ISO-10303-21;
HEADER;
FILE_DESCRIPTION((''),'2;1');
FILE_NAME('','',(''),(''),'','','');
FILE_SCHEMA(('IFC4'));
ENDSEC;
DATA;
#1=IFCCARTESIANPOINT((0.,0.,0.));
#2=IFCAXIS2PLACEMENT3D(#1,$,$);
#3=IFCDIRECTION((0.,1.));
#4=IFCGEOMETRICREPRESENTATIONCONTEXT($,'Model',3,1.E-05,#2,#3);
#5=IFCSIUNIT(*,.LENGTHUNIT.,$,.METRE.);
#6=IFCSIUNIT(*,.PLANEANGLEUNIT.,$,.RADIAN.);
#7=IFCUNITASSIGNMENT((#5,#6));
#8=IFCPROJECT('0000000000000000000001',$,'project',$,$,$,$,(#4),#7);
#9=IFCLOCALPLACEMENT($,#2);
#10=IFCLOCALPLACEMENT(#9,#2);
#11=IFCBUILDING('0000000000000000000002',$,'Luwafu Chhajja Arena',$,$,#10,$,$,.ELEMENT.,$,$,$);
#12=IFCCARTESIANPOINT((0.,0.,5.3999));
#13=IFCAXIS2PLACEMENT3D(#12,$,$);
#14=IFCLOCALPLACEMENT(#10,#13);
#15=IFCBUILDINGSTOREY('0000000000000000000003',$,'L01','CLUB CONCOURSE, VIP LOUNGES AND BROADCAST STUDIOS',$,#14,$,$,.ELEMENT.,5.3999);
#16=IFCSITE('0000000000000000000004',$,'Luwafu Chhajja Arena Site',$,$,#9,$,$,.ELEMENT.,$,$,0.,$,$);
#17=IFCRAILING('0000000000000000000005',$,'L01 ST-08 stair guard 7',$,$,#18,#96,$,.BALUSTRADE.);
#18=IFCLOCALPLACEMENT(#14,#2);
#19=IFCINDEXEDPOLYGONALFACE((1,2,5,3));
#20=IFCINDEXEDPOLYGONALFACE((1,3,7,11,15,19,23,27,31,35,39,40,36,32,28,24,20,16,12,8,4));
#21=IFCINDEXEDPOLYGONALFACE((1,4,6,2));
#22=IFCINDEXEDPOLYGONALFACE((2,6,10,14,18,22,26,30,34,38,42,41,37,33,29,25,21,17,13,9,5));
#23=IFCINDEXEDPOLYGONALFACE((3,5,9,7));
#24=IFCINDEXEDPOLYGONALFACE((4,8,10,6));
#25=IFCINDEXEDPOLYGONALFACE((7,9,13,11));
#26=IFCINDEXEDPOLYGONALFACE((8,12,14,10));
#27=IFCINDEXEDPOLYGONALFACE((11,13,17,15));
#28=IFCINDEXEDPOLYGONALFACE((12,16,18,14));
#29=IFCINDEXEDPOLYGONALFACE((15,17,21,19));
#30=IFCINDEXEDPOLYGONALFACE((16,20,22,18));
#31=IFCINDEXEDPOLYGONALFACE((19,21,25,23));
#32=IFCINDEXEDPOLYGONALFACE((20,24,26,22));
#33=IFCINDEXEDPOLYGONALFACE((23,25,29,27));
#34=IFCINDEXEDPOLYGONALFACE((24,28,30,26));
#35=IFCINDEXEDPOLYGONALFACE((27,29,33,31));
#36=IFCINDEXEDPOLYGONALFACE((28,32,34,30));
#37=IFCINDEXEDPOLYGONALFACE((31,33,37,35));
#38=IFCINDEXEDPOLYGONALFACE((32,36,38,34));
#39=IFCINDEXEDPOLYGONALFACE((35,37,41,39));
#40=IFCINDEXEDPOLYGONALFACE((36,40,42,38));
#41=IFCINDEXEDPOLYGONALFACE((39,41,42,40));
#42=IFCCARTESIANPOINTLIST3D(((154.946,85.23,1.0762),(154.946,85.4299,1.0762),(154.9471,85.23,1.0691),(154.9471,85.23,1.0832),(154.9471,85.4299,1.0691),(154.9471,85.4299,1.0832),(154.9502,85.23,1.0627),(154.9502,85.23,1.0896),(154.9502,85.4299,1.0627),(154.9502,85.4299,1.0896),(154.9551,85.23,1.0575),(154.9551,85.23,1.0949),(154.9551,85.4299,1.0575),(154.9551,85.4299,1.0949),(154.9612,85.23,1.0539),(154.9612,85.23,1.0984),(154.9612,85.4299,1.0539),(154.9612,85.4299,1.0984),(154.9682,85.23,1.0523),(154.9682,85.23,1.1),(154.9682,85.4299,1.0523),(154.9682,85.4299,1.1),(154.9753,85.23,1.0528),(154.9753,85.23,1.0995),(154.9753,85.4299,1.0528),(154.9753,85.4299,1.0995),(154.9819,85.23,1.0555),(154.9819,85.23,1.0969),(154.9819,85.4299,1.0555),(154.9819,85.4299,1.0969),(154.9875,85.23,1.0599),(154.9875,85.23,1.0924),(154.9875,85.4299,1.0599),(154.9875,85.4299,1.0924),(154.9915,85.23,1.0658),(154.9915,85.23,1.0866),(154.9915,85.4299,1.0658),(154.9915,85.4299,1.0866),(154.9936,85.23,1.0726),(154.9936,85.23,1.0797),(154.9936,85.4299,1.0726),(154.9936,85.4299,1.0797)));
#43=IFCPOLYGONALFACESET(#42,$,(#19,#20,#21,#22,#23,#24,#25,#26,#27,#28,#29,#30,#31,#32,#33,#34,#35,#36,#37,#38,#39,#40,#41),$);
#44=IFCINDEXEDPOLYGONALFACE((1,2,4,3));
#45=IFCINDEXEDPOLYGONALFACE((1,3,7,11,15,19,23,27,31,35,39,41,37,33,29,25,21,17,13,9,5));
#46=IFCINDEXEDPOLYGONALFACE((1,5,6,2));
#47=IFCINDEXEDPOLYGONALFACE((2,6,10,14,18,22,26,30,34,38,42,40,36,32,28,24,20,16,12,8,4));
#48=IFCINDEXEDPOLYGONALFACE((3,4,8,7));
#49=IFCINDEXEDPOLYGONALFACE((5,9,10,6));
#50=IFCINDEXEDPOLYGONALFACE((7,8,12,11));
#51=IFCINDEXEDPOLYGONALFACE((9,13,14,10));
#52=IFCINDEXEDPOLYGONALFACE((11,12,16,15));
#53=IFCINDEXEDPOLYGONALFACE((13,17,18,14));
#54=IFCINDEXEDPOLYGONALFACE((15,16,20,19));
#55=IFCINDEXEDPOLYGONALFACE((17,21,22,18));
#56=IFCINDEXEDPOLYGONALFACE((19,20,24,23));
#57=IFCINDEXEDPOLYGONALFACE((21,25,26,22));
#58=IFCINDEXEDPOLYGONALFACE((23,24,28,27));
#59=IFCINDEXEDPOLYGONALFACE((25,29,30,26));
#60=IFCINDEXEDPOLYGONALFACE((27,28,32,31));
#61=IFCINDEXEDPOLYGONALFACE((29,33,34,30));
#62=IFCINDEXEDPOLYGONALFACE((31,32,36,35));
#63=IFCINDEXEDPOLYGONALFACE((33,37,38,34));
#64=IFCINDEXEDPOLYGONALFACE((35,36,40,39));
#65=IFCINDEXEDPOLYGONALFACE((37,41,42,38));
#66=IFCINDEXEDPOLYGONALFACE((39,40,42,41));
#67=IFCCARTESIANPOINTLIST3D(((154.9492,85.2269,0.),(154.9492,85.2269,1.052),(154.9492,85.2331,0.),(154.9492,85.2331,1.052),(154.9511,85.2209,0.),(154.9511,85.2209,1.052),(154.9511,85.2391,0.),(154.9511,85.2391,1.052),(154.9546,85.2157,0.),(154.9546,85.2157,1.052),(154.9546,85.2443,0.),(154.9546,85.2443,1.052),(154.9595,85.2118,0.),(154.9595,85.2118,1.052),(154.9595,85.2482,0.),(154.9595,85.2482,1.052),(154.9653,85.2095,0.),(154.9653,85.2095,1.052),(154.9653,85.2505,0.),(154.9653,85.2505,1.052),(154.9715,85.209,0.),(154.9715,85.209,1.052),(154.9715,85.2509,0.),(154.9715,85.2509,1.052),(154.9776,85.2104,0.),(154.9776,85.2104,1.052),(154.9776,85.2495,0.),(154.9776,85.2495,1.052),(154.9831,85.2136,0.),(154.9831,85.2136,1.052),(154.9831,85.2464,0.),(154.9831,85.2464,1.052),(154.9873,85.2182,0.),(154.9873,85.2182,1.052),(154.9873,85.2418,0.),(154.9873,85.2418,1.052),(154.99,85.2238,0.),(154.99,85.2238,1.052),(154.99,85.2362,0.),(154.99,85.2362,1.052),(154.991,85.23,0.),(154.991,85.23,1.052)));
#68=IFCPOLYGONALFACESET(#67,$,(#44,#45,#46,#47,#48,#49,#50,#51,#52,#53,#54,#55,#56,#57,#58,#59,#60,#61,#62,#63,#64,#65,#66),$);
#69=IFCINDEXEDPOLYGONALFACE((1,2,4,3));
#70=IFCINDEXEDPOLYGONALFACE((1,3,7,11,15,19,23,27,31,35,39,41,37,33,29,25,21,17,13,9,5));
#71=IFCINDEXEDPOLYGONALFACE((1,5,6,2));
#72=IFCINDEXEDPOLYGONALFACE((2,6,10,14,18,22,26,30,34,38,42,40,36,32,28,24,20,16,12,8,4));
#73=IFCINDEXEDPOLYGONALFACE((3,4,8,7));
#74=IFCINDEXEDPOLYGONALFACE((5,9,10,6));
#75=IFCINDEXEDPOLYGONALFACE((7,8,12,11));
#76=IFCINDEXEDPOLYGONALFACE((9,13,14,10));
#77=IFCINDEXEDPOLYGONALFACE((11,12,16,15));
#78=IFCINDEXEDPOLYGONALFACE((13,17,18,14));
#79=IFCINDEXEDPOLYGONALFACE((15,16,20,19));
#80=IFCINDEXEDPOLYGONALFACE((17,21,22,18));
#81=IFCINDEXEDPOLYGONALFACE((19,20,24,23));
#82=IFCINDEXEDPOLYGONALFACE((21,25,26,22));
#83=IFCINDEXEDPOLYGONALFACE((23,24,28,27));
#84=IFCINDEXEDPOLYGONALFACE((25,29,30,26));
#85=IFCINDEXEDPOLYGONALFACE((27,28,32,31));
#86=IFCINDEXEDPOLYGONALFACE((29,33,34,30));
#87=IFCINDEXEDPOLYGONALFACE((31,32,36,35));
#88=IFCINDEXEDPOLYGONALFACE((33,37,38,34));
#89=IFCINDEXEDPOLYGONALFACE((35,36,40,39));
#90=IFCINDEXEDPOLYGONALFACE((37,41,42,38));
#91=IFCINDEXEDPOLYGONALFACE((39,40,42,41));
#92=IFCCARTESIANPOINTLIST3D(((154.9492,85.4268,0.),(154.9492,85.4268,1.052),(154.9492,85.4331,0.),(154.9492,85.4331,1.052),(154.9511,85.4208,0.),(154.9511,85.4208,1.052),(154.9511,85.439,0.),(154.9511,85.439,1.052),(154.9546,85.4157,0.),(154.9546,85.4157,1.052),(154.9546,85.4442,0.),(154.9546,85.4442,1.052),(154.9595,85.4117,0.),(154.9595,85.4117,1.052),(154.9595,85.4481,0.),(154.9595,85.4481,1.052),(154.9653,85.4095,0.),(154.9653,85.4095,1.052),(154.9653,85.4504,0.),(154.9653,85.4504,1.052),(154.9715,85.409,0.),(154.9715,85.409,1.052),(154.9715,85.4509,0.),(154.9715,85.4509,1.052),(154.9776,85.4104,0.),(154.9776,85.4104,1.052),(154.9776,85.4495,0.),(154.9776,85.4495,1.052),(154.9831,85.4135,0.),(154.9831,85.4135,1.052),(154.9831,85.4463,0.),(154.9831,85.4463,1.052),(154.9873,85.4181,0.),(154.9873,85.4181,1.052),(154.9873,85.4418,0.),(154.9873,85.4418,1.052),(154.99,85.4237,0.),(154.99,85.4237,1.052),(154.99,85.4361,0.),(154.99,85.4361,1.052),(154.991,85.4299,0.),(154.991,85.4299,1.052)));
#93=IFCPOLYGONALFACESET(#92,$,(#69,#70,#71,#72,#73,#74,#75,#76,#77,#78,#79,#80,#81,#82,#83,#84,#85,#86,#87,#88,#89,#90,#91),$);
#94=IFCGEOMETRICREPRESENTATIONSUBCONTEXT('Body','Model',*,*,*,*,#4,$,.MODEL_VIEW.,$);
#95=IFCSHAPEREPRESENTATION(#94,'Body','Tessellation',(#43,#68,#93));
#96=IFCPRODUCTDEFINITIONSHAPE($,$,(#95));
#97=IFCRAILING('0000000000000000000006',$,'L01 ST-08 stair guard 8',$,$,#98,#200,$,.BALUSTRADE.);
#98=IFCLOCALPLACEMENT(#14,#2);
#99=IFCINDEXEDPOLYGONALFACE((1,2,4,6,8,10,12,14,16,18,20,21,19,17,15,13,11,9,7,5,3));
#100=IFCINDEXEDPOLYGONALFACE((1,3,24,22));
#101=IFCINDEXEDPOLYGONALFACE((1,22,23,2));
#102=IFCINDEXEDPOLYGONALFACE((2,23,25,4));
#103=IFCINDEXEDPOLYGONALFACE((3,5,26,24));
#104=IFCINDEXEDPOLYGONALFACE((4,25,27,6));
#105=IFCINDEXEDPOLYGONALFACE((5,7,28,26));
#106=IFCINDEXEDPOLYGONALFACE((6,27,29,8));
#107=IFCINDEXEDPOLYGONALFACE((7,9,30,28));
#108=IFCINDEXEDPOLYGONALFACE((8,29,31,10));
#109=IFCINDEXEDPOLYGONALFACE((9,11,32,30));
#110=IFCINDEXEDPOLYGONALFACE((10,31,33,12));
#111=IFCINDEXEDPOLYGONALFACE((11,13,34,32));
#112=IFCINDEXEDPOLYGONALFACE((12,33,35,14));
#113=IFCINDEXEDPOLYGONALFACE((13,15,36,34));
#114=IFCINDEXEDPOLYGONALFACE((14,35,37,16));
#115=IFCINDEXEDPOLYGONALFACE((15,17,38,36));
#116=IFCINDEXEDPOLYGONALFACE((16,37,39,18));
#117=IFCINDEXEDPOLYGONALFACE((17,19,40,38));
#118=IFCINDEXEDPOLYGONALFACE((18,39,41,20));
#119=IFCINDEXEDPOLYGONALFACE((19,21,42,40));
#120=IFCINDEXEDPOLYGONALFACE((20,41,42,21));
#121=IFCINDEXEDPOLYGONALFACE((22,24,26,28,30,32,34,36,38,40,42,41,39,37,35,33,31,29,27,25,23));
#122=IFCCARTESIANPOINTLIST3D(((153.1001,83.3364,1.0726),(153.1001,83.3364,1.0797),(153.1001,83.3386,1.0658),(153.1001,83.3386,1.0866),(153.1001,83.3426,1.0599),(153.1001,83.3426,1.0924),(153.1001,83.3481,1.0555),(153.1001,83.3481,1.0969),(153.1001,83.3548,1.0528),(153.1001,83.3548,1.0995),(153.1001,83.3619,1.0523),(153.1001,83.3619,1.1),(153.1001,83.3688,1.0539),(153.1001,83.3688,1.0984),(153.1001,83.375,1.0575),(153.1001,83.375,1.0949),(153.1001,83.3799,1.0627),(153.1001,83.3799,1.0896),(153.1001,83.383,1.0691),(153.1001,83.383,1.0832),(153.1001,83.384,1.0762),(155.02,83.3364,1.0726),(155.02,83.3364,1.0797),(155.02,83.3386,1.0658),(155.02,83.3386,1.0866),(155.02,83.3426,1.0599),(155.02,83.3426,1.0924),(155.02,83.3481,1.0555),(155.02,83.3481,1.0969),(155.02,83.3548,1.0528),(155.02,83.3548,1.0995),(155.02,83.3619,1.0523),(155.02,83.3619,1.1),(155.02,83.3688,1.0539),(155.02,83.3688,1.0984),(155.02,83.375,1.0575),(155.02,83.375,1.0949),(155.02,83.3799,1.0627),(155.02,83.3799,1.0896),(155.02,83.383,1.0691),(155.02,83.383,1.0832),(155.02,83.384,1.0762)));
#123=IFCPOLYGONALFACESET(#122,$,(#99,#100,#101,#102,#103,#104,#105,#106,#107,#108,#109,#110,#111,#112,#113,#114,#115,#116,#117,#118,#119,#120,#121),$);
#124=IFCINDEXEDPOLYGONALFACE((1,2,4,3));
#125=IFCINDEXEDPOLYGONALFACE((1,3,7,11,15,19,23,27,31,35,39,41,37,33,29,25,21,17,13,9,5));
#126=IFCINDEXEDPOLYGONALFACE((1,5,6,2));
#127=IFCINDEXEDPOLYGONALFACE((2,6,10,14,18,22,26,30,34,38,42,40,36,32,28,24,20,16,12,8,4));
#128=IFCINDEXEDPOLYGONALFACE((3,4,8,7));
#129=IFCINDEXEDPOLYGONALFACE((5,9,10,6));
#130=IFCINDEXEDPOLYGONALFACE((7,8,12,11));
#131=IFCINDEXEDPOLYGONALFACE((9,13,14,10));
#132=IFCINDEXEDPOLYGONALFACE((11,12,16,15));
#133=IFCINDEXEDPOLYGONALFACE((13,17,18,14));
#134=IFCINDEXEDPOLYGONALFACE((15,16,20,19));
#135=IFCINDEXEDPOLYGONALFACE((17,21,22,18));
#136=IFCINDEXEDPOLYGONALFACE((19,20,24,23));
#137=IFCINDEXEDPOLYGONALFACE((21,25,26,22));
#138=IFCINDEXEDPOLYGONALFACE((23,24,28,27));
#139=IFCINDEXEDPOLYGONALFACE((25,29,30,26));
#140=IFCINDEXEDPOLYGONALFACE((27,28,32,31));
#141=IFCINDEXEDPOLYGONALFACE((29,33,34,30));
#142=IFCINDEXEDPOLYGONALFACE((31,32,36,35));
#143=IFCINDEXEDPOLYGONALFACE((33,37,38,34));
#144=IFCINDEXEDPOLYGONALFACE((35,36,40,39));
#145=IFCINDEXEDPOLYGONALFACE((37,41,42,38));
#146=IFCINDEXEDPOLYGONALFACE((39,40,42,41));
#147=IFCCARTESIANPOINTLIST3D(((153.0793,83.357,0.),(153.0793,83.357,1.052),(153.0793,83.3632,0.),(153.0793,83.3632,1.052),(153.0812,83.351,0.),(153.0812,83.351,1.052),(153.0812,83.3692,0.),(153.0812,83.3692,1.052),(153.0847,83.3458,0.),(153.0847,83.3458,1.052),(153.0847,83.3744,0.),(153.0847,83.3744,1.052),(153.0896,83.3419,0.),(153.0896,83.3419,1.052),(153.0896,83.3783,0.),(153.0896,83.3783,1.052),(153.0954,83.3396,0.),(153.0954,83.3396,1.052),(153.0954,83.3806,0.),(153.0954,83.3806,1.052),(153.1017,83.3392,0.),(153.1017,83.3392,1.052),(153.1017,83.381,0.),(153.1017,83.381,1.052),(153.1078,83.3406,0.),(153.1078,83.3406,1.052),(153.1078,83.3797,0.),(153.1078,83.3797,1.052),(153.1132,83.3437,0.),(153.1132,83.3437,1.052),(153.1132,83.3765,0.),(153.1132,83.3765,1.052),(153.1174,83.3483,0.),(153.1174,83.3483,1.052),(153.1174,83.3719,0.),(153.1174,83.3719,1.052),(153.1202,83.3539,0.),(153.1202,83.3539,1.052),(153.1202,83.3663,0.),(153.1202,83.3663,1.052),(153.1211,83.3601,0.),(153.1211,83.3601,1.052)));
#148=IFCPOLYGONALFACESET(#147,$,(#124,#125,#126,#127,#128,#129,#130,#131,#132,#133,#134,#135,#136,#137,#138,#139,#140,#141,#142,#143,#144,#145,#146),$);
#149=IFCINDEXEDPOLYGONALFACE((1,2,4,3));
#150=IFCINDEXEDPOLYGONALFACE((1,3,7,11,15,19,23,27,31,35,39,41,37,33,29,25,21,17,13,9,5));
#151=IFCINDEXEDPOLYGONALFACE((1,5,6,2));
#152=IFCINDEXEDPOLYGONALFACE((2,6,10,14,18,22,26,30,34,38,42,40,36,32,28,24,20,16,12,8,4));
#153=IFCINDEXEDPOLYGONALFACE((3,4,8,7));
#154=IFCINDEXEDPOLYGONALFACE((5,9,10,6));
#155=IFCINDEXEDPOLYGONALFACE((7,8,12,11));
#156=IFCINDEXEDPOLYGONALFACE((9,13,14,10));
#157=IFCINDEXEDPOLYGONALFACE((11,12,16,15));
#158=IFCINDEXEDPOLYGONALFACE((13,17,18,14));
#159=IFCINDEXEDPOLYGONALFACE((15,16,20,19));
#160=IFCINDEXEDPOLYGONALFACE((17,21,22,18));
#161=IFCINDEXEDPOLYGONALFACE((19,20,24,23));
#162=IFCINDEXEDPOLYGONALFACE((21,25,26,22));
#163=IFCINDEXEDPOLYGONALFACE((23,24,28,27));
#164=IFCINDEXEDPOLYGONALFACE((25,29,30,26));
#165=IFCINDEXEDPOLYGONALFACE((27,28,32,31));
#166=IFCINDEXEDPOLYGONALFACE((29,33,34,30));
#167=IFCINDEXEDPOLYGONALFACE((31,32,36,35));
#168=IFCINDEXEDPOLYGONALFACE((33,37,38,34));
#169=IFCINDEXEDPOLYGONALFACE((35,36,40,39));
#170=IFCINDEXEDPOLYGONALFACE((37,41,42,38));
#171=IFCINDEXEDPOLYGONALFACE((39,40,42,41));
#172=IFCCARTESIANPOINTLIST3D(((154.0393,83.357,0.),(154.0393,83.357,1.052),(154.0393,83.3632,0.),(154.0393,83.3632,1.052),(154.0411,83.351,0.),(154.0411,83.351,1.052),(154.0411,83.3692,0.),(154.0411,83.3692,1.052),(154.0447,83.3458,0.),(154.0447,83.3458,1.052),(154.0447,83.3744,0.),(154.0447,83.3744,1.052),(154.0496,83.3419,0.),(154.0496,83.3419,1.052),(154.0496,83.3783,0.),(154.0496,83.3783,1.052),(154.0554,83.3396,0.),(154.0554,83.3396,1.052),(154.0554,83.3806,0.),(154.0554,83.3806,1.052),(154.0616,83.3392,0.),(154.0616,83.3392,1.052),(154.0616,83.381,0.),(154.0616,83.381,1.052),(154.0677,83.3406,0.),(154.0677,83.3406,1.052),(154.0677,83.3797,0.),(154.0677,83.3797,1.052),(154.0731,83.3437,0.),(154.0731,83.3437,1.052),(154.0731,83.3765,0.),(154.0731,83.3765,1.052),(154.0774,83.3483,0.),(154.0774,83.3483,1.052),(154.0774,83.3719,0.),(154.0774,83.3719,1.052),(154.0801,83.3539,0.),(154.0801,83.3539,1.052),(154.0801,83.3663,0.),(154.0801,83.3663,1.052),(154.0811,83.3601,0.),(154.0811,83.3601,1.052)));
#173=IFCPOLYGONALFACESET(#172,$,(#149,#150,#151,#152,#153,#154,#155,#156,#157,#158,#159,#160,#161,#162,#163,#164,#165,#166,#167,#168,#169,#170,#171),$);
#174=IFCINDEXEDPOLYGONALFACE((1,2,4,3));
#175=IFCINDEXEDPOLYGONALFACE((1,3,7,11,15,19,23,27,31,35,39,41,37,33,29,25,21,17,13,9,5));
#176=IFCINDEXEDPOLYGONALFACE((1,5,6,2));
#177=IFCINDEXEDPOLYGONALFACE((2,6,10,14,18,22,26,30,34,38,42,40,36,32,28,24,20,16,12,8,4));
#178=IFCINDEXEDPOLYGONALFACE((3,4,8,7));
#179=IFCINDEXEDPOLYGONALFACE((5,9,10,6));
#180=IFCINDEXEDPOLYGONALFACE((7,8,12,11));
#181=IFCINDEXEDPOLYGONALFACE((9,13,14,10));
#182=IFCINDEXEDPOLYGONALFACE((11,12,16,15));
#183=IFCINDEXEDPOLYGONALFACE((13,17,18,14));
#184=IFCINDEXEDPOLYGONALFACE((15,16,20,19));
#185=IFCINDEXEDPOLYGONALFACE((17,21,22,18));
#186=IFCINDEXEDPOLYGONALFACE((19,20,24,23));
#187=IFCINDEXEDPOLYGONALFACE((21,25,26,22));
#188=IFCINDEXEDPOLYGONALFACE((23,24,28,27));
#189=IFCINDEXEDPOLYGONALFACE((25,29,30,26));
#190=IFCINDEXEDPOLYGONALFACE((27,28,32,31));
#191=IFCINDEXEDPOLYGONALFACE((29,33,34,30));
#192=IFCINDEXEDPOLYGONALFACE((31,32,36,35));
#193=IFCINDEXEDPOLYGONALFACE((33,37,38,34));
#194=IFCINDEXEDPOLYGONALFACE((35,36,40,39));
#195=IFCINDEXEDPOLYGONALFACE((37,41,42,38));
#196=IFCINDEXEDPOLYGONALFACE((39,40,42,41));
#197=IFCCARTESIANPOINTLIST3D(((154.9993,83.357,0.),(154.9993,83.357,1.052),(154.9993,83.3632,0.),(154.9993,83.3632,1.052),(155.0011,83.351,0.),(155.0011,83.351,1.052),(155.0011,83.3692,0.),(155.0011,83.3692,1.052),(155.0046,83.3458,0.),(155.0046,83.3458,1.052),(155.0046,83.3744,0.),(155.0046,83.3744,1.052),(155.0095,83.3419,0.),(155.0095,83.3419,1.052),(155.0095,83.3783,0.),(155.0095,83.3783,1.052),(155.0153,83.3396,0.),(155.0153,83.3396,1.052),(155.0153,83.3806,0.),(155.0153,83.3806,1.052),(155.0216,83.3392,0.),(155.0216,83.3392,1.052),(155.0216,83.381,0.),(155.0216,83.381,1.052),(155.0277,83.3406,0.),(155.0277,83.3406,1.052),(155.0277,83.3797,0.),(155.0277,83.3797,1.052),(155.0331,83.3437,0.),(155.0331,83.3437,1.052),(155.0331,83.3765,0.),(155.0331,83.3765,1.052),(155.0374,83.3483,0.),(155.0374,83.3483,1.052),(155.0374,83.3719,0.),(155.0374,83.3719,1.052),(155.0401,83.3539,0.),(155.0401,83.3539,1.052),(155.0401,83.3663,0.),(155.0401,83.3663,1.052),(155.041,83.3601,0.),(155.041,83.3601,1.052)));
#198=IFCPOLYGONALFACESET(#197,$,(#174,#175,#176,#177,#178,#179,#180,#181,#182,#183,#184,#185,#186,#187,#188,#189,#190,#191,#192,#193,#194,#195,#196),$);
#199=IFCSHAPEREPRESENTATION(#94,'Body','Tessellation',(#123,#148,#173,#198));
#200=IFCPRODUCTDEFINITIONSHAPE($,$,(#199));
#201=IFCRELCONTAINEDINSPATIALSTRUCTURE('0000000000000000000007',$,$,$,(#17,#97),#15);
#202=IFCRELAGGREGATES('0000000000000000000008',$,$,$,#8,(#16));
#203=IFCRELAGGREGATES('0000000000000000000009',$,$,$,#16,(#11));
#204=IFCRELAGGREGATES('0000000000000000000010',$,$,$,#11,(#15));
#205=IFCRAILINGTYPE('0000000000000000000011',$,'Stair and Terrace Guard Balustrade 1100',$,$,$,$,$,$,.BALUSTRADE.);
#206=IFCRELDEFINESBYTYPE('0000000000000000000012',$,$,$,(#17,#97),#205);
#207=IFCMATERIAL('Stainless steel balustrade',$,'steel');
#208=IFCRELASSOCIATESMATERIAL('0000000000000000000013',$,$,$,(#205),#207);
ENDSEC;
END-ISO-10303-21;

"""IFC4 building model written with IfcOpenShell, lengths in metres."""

from ifc_helpers import new_model, si_unit, direction, frame, origin, origin_2d, place, context, subcontext, project, spatial, circle, extrude, material, type_object, element, save


model = new_model("IFC4")

# Units and contexts
model_context = context("Model", 3, precision=1e-05, world=origin(), true_north=direction((0.0, 1.0)))
body_context = subcontext(model_context, "Body", "Model", "MODEL_VIEW")
ifc_project = project(units=[si_unit("LENGTHUNIT", "METRE"), si_unit("PLANEANGLEUNIT", "RADIAN")], contexts=[model_context])

# Site, building, storey
site_placement = place(None, origin())
site = spatial("IfcSite", under=ifc_project, at=site_placement, Name="Luwafu Chhajja Arena Site", CompositionType="ELEMENT", RefElevation=0.0)
building_placement = place(site_placement, origin())
building = spatial("IfcBuilding", under=site, at=building_placement, Name="Luwafu Chhajja Arena", CompositionType="ELEMENT")
storey_placement = place(building_placement, frame((0.0, 0.0, 5.3999)))
storey = spatial("IfcBuildingStorey", under=building, at=storey_placement, Name="L01", Description="CLUB CONCOURSE, VIP LOUNGES AND BROADCAST STUDIOS", CompositionType="ELEMENT", Elevation=5.3999)

# Railings
ifc_material_1 = material(Name="Stainless steel balustrade", Category="steel")
railing_type_1 = type_object("IfcRailingType", Name="Stair and Terrace Guard Balustrade 1100", PredefinedType="BALUSTRADE", material=ifc_material_1)
railing_1_placement = place(storey_placement, frame((154.97, 85.23, 0.0)))
element("IfcRailing", 1, at=railing_1_placement, inside=storey, type_object=railing_type_1, Name="L01 ST-08 stair guard 7", PredefinedType="BALUSTRADE", context=body_context, shape_type="SweptSolid", body=[
    extrude(circle(Radius=0.0239, at=origin_2d()), frame((0.0, 0.0, 1.0762), z_axis=(0.0, 1.0, 0.0), x_axis=(-1.0, 0.0, 0.0)), (0.0, 0.0, 1.0), 0.2),
    extrude(circle(Radius=0.021, at=origin_2d()), origin(), (0.0, 0.0, 1.0), 1.052),
    extrude(circle(Radius=0.021, at=origin_2d()), frame((0.0, 0.2, 0.0)), (0.0, 0.0, 1.0), 1.052),
])
for number, where, name in (
    (2, (153.1001, 83.3601, 0.0), "L01 ST-08 stair guard 8"),
):
    element("IfcRailing", number, at=place(storey_placement, frame(where)), inside=storey, type_object=railing_type_1, Name=name, PredefinedType="BALUSTRADE", context=body_context, shape_type="SweptSolid", body=[
        extrude(circle(Radius=0.0239, at=origin_2d()), frame((0.0, 0.0, 1.0762), z_axis=(1.0, 0.0, 0.0), x_axis=(0.0, 1.0, 0.0)), (0.0, 0.0, 1.0), 1.9199),
        extrude(circle(Radius=0.021, at=origin_2d()), origin(), (0.0, 0.0, 1.0), 1.052),
        extrude(circle(Radius=0.021, at=origin_2d()), frame((0.96, 0.0, 0.0)), (0.0, 0.0, 1.0), 1.052),
        extrude(circle(Radius=0.021, at=origin_2d()), frame((1.9199, 0.0, 0.0)), (0.0, 0.0, 1.0), 1.052),
    ])

save(model, "model.ifc")
